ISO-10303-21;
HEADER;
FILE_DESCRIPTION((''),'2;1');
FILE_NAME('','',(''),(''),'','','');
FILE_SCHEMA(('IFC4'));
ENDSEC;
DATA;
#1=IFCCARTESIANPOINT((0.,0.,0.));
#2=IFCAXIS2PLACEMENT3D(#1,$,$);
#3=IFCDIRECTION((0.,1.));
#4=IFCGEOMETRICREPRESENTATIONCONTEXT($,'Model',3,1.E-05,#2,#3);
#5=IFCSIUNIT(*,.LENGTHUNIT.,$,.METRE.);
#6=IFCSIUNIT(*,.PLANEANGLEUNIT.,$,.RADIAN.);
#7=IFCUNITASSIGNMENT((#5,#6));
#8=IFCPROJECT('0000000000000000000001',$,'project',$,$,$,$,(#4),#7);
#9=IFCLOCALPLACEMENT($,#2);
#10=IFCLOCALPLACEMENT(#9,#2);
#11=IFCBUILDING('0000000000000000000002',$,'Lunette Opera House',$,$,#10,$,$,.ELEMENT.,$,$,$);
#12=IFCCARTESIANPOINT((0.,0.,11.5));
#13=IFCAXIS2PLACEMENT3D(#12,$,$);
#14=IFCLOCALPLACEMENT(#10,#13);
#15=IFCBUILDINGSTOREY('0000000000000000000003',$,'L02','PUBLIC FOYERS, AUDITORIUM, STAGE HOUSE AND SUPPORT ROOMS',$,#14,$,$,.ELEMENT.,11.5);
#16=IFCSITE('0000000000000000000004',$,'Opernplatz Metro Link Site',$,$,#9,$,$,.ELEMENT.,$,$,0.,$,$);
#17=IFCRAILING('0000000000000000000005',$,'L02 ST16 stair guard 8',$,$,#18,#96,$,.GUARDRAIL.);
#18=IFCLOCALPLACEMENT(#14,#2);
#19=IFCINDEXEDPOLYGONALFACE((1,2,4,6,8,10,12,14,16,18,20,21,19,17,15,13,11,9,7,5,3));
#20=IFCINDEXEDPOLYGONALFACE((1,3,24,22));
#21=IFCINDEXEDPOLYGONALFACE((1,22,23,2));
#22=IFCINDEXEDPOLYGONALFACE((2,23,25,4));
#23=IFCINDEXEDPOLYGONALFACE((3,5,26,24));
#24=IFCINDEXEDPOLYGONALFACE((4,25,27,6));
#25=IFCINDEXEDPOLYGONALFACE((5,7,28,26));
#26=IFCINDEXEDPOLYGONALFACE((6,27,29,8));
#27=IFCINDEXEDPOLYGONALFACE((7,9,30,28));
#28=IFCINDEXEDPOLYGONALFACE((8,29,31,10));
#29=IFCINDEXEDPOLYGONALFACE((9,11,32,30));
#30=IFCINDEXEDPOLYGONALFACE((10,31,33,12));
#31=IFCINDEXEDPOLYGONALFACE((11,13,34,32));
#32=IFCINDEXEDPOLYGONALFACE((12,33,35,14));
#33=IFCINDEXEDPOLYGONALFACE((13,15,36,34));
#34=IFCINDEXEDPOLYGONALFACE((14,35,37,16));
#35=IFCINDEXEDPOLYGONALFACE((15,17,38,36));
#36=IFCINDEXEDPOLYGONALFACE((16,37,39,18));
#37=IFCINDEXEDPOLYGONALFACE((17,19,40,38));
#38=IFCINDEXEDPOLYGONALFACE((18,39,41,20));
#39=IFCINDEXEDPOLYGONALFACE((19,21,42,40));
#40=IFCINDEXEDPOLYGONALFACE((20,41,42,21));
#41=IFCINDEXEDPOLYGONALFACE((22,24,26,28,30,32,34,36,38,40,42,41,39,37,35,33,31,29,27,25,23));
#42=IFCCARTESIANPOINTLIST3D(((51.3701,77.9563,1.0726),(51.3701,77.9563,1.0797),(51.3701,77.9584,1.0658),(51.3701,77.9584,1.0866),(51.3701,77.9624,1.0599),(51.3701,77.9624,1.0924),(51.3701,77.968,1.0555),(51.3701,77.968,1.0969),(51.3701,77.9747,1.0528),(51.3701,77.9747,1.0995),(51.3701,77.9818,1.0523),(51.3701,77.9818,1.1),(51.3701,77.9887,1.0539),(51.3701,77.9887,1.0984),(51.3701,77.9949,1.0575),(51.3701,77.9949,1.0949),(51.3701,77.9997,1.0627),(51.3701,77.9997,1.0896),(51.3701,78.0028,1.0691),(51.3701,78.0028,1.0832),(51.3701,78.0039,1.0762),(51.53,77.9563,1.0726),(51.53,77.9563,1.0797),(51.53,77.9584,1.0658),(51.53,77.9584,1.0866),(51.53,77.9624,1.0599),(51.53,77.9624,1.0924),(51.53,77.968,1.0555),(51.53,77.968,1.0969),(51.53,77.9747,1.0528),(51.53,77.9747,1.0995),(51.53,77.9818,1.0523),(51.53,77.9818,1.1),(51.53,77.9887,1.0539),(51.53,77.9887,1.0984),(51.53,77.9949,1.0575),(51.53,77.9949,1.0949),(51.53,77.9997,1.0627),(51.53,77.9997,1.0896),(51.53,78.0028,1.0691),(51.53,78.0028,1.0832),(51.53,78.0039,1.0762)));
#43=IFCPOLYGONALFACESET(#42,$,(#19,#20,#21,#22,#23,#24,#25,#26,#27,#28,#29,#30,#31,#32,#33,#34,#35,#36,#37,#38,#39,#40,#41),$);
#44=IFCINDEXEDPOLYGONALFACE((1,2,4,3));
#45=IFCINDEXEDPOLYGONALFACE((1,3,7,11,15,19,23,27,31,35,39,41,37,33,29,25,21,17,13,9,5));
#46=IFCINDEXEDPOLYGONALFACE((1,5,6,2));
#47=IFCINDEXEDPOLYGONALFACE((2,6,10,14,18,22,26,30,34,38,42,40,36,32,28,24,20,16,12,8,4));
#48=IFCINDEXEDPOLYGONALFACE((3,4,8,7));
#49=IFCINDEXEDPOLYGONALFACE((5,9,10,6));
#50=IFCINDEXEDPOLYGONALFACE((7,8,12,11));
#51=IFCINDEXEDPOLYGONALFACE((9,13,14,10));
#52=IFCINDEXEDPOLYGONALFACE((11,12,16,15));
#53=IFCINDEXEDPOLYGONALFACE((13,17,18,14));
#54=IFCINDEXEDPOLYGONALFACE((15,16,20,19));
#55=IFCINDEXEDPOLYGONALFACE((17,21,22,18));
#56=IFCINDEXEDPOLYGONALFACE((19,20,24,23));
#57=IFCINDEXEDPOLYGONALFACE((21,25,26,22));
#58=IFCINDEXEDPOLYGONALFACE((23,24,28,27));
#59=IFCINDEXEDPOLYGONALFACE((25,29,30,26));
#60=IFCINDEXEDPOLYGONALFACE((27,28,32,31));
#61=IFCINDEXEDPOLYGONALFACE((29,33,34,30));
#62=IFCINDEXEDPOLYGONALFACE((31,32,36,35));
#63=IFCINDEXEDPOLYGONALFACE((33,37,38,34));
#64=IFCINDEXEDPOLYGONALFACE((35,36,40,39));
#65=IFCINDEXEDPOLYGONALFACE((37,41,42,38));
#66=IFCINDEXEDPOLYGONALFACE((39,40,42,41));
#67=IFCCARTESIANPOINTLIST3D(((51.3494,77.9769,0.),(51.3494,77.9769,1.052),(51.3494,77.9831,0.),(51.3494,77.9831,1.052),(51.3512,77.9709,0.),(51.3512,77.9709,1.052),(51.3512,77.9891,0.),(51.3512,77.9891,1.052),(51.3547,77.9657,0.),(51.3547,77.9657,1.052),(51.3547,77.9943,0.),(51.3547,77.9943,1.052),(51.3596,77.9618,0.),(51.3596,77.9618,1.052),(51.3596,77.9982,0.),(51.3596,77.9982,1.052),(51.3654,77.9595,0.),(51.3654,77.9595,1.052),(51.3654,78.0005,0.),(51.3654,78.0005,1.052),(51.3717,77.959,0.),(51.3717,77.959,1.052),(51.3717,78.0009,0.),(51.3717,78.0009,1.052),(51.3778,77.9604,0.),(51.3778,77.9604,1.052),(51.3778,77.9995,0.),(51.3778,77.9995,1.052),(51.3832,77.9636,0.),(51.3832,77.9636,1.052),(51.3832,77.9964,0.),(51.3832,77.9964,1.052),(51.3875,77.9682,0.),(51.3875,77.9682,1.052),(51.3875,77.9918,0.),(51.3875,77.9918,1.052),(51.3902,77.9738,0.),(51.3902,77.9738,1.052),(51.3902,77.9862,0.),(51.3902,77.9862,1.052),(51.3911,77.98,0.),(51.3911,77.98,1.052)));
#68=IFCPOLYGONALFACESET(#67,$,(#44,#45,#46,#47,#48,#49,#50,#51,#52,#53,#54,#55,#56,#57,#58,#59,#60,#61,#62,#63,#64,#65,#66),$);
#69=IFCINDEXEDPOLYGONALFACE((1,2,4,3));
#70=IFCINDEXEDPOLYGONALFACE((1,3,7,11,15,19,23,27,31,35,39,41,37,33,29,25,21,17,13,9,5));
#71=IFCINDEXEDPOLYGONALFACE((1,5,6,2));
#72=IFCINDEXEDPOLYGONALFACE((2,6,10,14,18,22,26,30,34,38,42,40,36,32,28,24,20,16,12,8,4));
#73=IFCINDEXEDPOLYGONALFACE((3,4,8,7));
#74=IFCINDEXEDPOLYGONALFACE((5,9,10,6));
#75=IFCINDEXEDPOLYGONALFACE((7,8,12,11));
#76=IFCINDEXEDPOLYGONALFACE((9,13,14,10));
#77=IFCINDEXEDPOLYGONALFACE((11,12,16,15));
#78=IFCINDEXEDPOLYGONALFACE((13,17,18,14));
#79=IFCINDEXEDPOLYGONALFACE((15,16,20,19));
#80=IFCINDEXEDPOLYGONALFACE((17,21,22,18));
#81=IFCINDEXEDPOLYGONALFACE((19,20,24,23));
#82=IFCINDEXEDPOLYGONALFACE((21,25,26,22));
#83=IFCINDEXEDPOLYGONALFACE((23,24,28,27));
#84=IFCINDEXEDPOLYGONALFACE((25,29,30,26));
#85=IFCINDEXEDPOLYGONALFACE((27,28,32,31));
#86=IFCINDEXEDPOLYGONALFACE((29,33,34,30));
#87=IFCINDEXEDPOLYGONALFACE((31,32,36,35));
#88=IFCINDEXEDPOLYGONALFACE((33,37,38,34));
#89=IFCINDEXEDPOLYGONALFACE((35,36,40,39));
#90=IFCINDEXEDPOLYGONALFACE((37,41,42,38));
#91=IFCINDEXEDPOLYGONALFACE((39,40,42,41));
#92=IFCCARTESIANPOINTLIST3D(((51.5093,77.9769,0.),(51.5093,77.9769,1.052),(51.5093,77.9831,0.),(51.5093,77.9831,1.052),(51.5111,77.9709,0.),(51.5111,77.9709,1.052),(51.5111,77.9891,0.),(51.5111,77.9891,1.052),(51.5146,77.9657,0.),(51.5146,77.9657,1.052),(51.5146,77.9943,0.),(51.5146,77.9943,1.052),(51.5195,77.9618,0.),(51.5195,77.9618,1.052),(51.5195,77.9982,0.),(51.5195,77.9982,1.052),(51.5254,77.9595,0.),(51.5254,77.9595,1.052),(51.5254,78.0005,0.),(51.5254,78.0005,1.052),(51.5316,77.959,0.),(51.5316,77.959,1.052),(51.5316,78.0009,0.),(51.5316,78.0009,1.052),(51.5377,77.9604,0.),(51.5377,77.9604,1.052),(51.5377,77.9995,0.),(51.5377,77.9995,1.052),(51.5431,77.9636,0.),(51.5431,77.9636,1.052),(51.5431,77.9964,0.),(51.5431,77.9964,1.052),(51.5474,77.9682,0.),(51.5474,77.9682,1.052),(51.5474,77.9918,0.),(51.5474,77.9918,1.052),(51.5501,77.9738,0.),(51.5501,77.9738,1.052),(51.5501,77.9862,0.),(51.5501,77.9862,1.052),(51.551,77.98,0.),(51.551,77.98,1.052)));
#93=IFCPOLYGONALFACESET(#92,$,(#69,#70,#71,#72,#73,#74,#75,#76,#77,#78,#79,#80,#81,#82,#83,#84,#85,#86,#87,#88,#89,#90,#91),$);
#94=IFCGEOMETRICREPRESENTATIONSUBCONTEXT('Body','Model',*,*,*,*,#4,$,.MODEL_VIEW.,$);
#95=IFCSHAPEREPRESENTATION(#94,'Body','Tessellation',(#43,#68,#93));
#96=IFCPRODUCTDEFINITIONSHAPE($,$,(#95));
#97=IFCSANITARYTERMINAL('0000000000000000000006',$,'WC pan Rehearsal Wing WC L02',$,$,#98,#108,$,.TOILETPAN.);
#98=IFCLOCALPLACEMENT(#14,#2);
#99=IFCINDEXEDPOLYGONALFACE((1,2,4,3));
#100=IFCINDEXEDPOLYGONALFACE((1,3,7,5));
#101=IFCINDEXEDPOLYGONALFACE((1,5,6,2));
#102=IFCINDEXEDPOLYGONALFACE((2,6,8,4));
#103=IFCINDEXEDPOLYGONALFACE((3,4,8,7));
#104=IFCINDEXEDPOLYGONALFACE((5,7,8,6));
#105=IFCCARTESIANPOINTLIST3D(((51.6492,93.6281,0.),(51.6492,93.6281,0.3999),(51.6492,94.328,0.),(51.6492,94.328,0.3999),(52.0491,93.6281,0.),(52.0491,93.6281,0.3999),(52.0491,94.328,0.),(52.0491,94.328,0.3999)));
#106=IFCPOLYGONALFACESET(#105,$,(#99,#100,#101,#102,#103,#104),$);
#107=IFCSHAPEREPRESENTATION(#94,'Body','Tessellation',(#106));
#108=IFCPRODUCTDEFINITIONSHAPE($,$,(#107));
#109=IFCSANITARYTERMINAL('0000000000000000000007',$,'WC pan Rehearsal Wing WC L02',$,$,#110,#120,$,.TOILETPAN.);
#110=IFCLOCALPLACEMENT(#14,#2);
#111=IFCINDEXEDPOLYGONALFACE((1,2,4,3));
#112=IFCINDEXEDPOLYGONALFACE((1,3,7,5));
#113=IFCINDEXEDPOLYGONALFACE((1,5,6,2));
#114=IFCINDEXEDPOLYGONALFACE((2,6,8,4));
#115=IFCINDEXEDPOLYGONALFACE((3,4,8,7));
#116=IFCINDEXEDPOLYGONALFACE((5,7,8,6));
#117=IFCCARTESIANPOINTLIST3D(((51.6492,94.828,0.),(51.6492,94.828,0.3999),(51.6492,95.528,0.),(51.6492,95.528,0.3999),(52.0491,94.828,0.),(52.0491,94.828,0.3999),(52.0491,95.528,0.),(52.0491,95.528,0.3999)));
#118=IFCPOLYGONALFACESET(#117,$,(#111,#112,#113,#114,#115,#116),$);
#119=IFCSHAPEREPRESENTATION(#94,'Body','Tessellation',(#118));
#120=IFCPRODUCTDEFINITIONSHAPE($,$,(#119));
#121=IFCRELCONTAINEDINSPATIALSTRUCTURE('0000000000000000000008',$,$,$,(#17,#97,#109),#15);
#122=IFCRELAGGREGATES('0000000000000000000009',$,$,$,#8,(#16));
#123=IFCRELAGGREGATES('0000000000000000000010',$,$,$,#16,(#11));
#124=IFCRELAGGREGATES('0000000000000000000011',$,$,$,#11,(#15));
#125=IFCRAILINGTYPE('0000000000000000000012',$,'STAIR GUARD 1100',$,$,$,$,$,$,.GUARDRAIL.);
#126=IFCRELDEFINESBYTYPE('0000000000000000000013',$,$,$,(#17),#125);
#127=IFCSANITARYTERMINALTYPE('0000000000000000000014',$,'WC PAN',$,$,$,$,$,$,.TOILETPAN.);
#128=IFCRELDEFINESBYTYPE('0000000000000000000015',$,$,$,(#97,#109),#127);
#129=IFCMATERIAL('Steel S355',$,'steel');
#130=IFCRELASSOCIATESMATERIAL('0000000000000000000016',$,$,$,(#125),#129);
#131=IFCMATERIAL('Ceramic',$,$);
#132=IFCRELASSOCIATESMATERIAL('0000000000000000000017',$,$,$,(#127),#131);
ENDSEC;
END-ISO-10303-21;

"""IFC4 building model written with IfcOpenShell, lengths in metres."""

from ifc_helpers import new_model, si_unit, direction, frame, origin, origin_2d, place, context, subcontext, project, spatial, rectangle, circle, extrude, material, type_object, element, save


model = new_model("IFC4")

# Units and contexts
model_context = context("Model", 3, precision=1e-05, world=origin(), true_north=direction((0.0, 1.0)))
body_context = subcontext(model_context, "Body", "Model", "MODEL_VIEW")
ifc_project = project(units=[si_unit("LENGTHUNIT", "METRE"), si_unit("PLANEANGLEUNIT", "RADIAN")], contexts=[model_context])

# Site, building, storey
site_placement = place(None, origin())
site = spatial("IfcSite", under=ifc_project, at=site_placement, Name="Opernplatz Metro Link Site", CompositionType="ELEMENT", RefElevation=0.0)
building_placement = place(site_placement, origin())
building = spatial("IfcBuilding", under=site, at=building_placement, Name="Lunette Opera House", CompositionType="ELEMENT")
storey_placement = place(building_placement, frame((0.0, 0.0, 11.5)))
storey = spatial("IfcBuildingStorey", under=building, at=storey_placement, Name="L02", Description="PUBLIC FOYERS, AUDITORIUM, STAGE HOUSE AND SUPPORT ROOMS", CompositionType="ELEMENT", Elevation=11.5)

# Railing
ifc_material_1 = material(Name="Steel S355", Category="steel")
railing_type = type_object("IfcRailingType", Name="STAIR GUARD 1100", PredefinedType="GUARDRAIL", material=ifc_material_1)
railing_1_placement = place(storey_placement, frame((51.3701, 77.98, 0.0)))
element("IfcRailing", 1, at=railing_1_placement, inside=storey, type_object=railing_type, Name="L02 ST16 stair guard 8", PredefinedType="GUARDRAIL", context=body_context, shape_type="SweptSolid", body=[
    extrude(circle(Radius=0.0239, at=origin_2d()), frame((0.0, 0.0, 1.0762), z_axis=(1.0, 0.0, 0.0), x_axis=(0.0, 1.0, 0.0)), (0.0, 0.0, 1.0), 0.1599),
    extrude(circle(Radius=0.021, at=origin_2d()), origin(), (0.0, 0.0, 1.0), 1.052),
    extrude(circle(Radius=0.021, at=origin_2d()), frame((0.1599, 0.0, 0.0)), (0.0, 0.0, 1.0), 1.052),
])

# Sanitary terminals
ifc_material_2 = material(Name="Ceramic")
sanitary_terminal_type = type_object("IfcSanitaryTerminalType", Name="WC PAN", PredefinedType="TOILETPAN", material=ifc_material_2)
for number, where, z_axis, x_axis, name in (
    (2, (51.8491, 93.978, 0.0), (0.0, 0.0, 1.0), (1.0, 0.0, 0.0), "WC pan Rehearsal Wing WC L02"),
    (3, (51.8491, 95.178, 0.0), (0.0, 0.0, 1.0), (1.0, 0.0, 0.0), "WC pan Rehearsal Wing WC L02"),
):
    element("IfcSanitaryTerminal", number, at=place(storey_placement, frame(where, z_axis=z_axis, x_axis=x_axis)), inside=storey, type_object=sanitary_terminal_type, Name=name, PredefinedType="TOILETPAN", context=body_context, shape_type="SweptSolid", body=[
        extrude(rectangle(XDim=0.3999, YDim=0.7, at=origin_2d()), origin(), (0.0, 0.0, 1.0), 0.3999),
    ])

save(model, "model.ifc")
